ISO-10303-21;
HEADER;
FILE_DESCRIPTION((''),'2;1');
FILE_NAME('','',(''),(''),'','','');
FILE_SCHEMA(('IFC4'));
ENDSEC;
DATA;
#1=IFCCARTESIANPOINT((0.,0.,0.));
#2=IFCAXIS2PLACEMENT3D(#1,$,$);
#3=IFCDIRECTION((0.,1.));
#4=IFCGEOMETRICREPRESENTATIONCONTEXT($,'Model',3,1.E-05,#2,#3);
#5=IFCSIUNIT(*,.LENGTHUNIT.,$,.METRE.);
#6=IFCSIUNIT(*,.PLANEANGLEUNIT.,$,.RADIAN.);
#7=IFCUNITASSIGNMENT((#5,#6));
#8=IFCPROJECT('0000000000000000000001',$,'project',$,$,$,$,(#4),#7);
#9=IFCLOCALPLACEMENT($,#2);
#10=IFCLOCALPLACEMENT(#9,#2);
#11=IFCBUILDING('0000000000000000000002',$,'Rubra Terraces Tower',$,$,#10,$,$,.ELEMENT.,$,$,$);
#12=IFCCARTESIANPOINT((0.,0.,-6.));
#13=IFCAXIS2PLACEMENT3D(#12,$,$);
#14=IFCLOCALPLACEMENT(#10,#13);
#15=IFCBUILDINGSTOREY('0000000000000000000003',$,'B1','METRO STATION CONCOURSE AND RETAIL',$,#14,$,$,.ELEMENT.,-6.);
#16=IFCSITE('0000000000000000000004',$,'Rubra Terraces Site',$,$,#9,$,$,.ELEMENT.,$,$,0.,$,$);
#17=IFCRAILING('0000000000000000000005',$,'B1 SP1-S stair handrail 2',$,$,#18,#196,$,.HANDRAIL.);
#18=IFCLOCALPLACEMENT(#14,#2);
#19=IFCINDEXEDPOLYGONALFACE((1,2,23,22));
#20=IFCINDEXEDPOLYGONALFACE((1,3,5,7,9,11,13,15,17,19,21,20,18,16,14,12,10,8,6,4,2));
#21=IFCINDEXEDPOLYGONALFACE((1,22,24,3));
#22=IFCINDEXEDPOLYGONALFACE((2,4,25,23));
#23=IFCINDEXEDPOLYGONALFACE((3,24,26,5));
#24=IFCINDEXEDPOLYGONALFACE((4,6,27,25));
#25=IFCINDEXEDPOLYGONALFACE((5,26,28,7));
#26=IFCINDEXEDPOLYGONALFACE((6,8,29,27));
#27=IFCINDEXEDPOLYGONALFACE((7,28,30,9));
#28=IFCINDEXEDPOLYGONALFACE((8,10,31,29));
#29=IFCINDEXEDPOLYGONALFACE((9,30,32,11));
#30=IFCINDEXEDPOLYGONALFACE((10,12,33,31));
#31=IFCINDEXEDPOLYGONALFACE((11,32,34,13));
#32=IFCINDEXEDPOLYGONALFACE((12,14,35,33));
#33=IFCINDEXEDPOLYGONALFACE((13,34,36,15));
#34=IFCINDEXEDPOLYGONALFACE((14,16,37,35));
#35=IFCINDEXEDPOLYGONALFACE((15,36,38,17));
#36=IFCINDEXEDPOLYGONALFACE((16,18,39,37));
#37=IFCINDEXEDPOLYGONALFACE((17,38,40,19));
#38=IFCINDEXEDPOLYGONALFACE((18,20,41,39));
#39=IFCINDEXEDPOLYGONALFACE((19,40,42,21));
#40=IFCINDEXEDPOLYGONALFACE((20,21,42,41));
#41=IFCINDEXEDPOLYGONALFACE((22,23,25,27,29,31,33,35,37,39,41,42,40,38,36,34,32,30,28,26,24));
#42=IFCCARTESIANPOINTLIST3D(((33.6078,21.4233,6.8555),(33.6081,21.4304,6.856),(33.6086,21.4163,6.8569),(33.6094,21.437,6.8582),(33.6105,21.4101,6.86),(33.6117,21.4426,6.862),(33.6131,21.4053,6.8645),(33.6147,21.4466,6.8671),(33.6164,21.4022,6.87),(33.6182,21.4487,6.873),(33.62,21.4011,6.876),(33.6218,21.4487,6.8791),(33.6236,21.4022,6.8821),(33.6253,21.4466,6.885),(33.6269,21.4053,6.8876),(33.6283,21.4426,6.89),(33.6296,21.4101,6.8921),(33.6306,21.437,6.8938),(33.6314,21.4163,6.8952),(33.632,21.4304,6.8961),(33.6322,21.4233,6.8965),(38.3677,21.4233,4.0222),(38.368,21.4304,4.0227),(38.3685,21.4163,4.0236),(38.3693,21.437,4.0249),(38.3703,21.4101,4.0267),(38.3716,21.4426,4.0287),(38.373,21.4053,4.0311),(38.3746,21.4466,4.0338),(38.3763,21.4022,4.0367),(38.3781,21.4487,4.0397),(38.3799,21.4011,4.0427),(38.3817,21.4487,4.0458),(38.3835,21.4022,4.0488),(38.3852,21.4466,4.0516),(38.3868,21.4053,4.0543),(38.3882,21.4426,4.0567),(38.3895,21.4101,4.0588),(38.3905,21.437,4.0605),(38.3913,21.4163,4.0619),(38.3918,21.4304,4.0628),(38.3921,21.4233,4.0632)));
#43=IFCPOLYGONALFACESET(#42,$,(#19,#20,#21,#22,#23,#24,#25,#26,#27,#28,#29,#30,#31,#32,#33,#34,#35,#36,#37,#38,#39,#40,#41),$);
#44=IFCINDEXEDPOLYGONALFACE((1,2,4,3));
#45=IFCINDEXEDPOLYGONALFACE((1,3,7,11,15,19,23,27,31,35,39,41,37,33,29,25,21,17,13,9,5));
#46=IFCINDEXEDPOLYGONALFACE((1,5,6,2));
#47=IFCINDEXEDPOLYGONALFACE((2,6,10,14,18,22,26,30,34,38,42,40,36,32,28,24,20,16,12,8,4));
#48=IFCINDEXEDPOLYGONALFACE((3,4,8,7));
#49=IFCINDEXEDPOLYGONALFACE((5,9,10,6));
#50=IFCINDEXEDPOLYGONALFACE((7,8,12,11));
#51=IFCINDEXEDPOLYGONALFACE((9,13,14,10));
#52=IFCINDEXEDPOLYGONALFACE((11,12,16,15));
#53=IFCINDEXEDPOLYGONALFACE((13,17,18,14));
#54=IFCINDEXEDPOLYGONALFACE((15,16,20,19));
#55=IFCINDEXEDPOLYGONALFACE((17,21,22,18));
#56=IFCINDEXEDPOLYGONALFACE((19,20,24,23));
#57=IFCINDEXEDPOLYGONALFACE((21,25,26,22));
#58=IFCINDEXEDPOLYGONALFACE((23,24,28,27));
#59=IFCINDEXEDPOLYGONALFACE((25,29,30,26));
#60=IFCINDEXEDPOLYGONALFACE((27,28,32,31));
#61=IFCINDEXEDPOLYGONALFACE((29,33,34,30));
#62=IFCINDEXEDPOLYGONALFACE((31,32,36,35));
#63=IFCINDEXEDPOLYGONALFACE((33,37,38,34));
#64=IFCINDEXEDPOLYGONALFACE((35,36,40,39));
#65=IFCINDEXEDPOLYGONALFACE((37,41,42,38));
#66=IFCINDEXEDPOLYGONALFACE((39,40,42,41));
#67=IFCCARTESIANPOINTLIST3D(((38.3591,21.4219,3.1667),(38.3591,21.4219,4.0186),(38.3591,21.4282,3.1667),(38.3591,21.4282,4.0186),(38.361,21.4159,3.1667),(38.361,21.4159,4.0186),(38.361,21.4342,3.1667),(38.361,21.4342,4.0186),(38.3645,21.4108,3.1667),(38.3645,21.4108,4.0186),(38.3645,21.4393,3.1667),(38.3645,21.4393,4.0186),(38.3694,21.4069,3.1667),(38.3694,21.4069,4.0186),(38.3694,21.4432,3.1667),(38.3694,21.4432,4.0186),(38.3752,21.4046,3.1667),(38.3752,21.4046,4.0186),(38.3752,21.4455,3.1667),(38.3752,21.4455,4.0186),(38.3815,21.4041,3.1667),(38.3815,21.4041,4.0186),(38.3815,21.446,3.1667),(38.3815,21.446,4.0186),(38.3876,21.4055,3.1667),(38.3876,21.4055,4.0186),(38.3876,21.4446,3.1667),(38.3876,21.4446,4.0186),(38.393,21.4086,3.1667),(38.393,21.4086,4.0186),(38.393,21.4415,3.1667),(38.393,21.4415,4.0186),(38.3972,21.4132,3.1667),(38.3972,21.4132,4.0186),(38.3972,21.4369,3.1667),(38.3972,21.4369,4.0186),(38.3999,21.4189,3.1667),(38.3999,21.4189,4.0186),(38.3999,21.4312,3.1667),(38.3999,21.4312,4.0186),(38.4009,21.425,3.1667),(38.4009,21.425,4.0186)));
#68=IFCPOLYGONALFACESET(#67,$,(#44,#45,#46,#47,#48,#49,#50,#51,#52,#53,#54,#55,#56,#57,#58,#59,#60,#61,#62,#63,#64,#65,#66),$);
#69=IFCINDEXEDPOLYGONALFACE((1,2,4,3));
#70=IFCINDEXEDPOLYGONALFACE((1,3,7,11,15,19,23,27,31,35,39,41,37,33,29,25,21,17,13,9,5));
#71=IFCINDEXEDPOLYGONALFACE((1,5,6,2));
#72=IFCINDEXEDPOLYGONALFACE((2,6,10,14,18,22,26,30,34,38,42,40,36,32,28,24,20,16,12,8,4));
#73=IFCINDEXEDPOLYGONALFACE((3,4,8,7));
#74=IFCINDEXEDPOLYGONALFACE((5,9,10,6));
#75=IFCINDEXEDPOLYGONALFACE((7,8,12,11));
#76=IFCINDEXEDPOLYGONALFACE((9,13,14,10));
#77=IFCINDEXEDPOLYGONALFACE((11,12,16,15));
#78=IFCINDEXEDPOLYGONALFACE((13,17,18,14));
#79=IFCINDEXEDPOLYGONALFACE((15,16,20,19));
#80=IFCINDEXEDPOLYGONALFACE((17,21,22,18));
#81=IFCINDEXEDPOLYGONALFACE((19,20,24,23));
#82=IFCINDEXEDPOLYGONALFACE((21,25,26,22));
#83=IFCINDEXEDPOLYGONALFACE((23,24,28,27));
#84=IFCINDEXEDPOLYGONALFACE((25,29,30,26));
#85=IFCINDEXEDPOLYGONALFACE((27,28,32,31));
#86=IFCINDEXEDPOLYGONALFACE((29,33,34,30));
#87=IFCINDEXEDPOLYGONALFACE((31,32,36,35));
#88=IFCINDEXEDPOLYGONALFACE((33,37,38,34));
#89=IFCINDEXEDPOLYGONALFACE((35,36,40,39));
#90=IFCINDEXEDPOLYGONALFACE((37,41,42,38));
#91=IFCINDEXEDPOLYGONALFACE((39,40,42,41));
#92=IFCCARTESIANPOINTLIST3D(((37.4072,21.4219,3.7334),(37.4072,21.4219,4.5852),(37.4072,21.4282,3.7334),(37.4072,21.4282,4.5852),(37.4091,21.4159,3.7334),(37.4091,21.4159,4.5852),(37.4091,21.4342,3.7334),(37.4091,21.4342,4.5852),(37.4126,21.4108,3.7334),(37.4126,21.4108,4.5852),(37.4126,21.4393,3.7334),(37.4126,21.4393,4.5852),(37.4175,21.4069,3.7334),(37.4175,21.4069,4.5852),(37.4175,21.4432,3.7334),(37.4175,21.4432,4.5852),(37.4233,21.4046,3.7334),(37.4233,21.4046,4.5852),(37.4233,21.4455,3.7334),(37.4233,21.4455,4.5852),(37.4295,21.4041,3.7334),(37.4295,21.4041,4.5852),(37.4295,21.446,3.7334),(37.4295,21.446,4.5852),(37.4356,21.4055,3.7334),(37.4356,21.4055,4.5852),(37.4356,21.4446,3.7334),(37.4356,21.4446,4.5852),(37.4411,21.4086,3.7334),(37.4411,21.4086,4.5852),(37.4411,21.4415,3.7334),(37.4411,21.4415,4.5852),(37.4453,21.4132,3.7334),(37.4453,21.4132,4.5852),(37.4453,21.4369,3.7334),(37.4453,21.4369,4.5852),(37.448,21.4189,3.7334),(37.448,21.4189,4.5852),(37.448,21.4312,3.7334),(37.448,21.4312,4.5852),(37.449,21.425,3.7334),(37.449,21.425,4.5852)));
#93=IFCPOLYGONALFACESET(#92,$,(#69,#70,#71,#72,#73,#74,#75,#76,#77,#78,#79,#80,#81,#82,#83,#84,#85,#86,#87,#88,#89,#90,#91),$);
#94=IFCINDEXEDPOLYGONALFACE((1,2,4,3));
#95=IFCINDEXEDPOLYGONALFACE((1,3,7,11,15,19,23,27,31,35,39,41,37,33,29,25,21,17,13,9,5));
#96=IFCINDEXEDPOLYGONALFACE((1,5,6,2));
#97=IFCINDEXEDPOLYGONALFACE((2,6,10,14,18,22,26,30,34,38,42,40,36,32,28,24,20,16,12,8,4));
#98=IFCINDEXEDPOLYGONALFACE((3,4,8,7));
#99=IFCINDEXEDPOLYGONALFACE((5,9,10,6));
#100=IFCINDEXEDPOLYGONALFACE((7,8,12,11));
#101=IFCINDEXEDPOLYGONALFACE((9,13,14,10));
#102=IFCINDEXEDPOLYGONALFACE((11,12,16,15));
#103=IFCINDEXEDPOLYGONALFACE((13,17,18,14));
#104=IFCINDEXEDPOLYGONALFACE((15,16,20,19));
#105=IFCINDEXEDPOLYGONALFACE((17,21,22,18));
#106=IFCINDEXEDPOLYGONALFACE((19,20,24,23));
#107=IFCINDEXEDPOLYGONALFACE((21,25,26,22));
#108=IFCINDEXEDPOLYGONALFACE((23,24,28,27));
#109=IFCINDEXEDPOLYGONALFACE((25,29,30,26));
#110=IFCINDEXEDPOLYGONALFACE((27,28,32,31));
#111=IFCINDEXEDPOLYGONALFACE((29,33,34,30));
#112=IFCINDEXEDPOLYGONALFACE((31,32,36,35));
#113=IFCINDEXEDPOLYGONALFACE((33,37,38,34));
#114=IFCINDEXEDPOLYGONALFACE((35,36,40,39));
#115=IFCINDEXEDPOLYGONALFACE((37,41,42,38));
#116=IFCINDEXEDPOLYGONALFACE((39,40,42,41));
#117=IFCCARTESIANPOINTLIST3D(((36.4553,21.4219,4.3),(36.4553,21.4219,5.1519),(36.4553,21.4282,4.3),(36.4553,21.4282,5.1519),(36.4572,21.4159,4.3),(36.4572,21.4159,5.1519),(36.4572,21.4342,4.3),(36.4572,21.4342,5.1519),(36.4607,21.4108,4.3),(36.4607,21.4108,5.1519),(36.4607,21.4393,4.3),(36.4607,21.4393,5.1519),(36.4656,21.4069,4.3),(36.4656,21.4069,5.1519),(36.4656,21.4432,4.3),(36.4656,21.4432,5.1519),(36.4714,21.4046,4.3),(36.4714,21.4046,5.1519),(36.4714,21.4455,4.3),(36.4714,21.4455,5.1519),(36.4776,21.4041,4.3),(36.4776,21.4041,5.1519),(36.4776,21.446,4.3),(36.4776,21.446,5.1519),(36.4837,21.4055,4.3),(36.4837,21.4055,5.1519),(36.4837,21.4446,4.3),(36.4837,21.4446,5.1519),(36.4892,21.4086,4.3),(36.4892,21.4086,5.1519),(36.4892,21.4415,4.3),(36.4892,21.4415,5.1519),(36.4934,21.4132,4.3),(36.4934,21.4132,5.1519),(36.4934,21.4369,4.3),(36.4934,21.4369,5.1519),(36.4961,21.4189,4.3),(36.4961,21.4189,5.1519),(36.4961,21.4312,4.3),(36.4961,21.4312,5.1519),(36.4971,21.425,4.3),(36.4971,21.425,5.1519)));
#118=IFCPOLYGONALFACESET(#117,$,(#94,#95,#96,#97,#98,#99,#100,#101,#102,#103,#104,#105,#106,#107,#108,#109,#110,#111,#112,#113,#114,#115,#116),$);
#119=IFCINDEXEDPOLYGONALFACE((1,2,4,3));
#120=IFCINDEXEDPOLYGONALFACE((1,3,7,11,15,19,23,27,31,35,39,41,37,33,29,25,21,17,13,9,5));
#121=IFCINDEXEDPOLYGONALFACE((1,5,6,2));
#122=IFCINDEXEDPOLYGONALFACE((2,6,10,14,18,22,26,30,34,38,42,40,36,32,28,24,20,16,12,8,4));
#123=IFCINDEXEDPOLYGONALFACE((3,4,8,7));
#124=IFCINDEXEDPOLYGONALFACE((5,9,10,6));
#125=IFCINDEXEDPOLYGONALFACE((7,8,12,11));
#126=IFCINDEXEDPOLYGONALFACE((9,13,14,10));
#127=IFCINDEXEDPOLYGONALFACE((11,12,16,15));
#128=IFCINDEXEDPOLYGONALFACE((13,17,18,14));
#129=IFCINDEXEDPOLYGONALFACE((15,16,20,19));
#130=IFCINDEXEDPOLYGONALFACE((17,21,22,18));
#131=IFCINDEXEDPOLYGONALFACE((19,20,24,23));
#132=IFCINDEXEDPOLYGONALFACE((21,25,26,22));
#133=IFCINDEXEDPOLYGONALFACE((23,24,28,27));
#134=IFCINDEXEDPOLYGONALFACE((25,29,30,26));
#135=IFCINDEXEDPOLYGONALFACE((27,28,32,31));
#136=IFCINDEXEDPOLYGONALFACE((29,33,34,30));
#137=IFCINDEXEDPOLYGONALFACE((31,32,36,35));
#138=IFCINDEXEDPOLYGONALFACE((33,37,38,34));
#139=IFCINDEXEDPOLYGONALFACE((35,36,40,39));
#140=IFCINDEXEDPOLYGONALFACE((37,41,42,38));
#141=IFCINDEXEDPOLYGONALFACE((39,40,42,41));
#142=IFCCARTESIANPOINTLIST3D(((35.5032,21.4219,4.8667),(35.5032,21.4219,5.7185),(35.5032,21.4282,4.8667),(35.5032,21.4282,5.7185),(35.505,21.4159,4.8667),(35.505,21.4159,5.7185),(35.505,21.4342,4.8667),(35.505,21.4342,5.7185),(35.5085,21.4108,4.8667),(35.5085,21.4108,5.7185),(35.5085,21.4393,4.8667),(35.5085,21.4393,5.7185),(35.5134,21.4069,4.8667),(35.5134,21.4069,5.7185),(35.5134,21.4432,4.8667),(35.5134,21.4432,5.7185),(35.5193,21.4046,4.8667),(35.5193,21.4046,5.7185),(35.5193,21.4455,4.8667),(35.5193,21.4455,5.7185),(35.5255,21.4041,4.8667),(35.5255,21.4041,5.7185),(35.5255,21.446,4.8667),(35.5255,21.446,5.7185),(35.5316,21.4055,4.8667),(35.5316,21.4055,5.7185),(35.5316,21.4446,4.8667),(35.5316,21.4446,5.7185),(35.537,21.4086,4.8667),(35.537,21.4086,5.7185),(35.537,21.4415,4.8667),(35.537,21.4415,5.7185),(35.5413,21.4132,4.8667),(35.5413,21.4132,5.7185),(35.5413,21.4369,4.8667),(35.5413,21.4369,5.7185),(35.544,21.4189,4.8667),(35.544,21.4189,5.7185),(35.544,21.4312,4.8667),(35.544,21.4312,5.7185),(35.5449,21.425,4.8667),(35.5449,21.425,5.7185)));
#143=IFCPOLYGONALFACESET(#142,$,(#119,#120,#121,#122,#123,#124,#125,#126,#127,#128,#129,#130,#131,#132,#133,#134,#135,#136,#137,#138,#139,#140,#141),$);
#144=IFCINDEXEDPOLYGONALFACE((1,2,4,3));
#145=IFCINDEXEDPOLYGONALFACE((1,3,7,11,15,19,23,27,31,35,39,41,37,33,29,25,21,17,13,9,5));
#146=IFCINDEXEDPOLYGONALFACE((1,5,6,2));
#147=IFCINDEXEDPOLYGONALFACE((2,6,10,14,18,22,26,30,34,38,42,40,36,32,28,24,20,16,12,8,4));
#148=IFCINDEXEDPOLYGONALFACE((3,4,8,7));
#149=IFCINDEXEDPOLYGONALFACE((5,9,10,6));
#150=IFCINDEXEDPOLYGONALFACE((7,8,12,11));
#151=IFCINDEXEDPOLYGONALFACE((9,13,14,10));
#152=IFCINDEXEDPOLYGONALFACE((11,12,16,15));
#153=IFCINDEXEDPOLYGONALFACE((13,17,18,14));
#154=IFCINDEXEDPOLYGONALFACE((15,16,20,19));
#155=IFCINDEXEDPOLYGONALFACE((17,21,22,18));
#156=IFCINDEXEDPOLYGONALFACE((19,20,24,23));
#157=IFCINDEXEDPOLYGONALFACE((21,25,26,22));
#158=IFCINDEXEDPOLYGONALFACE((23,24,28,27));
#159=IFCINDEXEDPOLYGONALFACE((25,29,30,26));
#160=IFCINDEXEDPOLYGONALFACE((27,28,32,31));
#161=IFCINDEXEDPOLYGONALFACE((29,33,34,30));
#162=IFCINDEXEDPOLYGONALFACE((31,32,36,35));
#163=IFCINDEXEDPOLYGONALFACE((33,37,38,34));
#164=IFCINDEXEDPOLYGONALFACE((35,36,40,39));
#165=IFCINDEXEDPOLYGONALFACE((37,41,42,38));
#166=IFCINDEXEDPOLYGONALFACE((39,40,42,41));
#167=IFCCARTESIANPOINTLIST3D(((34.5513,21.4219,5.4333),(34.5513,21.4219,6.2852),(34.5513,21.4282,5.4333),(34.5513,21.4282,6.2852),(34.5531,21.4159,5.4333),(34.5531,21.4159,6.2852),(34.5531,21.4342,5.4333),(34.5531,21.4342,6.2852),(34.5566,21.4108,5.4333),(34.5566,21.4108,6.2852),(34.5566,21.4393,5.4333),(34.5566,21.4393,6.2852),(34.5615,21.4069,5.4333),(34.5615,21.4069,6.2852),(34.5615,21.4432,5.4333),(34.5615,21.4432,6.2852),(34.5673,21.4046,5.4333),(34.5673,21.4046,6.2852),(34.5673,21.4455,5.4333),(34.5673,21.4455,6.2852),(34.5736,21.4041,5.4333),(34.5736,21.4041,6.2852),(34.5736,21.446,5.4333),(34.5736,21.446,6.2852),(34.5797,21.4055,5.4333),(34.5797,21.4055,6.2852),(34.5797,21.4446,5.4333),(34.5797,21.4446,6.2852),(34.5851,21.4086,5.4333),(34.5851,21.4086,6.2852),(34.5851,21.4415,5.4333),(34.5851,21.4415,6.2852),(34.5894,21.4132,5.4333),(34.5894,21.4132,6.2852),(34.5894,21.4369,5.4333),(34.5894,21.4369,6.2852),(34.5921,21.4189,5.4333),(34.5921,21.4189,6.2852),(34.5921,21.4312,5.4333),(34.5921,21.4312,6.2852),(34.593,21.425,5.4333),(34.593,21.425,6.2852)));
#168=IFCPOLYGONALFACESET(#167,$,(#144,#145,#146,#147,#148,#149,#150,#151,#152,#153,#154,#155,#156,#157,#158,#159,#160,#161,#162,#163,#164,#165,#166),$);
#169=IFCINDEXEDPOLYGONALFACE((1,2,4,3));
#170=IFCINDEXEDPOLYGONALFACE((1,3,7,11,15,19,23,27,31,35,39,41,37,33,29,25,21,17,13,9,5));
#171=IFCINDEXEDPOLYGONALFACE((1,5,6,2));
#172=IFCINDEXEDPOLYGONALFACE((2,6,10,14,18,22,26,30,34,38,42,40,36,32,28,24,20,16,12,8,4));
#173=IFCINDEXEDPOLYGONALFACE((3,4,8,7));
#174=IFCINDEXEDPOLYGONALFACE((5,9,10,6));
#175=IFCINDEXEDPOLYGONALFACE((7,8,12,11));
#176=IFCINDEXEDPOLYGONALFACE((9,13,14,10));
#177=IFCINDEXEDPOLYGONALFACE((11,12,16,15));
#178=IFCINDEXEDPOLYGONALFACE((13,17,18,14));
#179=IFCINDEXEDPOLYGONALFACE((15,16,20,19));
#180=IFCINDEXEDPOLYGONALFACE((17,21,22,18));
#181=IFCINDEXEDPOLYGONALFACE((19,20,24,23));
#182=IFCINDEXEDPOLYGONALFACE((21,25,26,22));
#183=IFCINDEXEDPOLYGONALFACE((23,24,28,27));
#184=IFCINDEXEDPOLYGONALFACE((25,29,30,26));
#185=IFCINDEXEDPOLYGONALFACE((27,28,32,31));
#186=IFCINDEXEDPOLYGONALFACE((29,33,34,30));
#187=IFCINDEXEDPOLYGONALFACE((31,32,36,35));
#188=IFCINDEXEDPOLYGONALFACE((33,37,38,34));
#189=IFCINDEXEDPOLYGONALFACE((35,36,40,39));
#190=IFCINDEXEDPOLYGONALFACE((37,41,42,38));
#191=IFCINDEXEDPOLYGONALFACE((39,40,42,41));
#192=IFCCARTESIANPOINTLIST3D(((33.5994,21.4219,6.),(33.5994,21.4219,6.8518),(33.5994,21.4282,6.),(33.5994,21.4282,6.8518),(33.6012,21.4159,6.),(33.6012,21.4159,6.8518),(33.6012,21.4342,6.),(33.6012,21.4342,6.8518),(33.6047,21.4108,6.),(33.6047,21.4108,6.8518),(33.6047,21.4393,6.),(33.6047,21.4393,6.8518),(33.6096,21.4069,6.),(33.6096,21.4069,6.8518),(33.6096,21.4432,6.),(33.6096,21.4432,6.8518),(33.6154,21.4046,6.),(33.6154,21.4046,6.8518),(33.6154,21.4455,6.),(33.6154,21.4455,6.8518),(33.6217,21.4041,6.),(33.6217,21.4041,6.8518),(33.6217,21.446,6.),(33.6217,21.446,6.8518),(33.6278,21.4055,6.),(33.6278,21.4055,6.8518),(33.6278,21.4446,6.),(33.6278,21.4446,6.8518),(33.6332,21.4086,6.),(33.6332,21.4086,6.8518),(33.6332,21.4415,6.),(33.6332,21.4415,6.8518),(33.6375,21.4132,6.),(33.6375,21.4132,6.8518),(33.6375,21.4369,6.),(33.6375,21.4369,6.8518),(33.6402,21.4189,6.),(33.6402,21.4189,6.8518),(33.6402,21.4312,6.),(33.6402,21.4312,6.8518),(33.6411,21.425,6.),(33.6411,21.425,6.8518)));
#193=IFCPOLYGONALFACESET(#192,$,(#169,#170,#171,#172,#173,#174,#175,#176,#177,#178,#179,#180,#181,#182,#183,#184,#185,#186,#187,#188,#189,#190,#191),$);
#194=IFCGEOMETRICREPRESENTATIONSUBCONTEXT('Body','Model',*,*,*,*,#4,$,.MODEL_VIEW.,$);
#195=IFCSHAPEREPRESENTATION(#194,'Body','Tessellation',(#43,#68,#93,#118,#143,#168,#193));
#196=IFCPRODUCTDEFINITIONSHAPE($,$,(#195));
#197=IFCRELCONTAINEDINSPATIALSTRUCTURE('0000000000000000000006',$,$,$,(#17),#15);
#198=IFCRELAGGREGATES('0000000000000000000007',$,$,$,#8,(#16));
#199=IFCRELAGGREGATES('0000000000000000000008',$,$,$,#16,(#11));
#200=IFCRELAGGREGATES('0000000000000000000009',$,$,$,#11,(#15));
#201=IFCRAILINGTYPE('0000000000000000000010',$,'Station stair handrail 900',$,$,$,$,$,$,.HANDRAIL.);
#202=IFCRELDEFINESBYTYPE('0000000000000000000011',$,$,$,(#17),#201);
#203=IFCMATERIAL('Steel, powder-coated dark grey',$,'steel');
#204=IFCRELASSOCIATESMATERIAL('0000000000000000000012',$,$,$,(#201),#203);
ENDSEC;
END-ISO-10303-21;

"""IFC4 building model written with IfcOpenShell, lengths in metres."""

from ifc_helpers import new_model, si_unit, direction, frame, origin, origin_2d, place, context, subcontext, project, spatial, circle, extrude, material, type_object, element, save


model = new_model("IFC4")

# Units and contexts
model_context = context("Model", 3, precision=1e-05, world=origin(), true_north=direction((0.0, 1.0)))
body_context = subcontext(model_context, "Body", "Model", "MODEL_VIEW")
ifc_project = project(units=[si_unit("LENGTHUNIT", "METRE"), si_unit("PLANEANGLEUNIT", "RADIAN")], contexts=[model_context])

# Site, building, storey
site_placement = place(None, origin())
site = spatial("IfcSite", under=ifc_project, at=site_placement, Name="Rubra Terraces Site", CompositionType="ELEMENT", RefElevation=0.0)
building_placement = place(site_placement, origin())
building = spatial("IfcBuilding", under=site, at=building_placement, Name="Rubra Terraces Tower", CompositionType="ELEMENT")
storey_placement = place(building_placement, frame((0.0, 0.0, -6.0)))
storey = spatial("IfcBuildingStorey", under=building, at=storey_placement, Name="B1", Description="METRO STATION CONCOURSE AND RETAIL", CompositionType="ELEMENT", Elevation=-6.0)

# Railing
ifc_material_1 = material(Name="Steel, powder-coated dark grey", Category="steel")
railing_type_1 = type_object("IfcRailingType", Name="Station stair handrail 900", PredefinedType="HANDRAIL", material=ifc_material_1)
railing_1_placement = place(storey_placement, frame((38.3799, 21.425, 3.1667)))
element("IfcRailing", 1, at=railing_1_placement, inside=storey, type_object=railing_type_1, Name="B1 SP1-S stair handrail 2", PredefinedType="HANDRAIL", context=body_context, shape_type="SweptSolid", body=[
    extrude(circle(Radius=0.0239, at=origin_2d()), frame((0.0, 0.0, 0.876), z_axis=(-0.859288, 0.0, 0.511492), x_axis=(0.0, -1.0, 0.0)), (0.0, 0.0, 1.0), 5.5393),
    extrude(circle(Radius=0.021, at=origin_2d()), origin(), (0.0, 0.0, 1.0), 0.8518),
    extrude(circle(Radius=0.021, at=origin_2d()), frame((-0.9519, 0.0, 0.5667)), (0.0, 0.0, 1.0), 0.8518),
    extrude(circle(Radius=0.021, at=origin_2d()), frame((-1.9038, 0.0, 1.1333)), (0.0, 0.0, 1.0), 0.8518),
    extrude(circle(Radius=0.021, at=origin_2d()), frame((-2.856, 0.0, 1.7)), (0.0, 0.0, 1.0), 0.8518),
    extrude(circle(Radius=0.021, at=origin_2d()), frame((-3.8079, 0.0, 2.2666)), (0.0, 0.0, 1.0), 0.8518),
    extrude(circle(Radius=0.021, at=origin_2d()), frame((-4.7598, 0.0, 2.8333)), (0.0, 0.0, 1.0), 0.8518),
])

save(model, "model.ifc")
